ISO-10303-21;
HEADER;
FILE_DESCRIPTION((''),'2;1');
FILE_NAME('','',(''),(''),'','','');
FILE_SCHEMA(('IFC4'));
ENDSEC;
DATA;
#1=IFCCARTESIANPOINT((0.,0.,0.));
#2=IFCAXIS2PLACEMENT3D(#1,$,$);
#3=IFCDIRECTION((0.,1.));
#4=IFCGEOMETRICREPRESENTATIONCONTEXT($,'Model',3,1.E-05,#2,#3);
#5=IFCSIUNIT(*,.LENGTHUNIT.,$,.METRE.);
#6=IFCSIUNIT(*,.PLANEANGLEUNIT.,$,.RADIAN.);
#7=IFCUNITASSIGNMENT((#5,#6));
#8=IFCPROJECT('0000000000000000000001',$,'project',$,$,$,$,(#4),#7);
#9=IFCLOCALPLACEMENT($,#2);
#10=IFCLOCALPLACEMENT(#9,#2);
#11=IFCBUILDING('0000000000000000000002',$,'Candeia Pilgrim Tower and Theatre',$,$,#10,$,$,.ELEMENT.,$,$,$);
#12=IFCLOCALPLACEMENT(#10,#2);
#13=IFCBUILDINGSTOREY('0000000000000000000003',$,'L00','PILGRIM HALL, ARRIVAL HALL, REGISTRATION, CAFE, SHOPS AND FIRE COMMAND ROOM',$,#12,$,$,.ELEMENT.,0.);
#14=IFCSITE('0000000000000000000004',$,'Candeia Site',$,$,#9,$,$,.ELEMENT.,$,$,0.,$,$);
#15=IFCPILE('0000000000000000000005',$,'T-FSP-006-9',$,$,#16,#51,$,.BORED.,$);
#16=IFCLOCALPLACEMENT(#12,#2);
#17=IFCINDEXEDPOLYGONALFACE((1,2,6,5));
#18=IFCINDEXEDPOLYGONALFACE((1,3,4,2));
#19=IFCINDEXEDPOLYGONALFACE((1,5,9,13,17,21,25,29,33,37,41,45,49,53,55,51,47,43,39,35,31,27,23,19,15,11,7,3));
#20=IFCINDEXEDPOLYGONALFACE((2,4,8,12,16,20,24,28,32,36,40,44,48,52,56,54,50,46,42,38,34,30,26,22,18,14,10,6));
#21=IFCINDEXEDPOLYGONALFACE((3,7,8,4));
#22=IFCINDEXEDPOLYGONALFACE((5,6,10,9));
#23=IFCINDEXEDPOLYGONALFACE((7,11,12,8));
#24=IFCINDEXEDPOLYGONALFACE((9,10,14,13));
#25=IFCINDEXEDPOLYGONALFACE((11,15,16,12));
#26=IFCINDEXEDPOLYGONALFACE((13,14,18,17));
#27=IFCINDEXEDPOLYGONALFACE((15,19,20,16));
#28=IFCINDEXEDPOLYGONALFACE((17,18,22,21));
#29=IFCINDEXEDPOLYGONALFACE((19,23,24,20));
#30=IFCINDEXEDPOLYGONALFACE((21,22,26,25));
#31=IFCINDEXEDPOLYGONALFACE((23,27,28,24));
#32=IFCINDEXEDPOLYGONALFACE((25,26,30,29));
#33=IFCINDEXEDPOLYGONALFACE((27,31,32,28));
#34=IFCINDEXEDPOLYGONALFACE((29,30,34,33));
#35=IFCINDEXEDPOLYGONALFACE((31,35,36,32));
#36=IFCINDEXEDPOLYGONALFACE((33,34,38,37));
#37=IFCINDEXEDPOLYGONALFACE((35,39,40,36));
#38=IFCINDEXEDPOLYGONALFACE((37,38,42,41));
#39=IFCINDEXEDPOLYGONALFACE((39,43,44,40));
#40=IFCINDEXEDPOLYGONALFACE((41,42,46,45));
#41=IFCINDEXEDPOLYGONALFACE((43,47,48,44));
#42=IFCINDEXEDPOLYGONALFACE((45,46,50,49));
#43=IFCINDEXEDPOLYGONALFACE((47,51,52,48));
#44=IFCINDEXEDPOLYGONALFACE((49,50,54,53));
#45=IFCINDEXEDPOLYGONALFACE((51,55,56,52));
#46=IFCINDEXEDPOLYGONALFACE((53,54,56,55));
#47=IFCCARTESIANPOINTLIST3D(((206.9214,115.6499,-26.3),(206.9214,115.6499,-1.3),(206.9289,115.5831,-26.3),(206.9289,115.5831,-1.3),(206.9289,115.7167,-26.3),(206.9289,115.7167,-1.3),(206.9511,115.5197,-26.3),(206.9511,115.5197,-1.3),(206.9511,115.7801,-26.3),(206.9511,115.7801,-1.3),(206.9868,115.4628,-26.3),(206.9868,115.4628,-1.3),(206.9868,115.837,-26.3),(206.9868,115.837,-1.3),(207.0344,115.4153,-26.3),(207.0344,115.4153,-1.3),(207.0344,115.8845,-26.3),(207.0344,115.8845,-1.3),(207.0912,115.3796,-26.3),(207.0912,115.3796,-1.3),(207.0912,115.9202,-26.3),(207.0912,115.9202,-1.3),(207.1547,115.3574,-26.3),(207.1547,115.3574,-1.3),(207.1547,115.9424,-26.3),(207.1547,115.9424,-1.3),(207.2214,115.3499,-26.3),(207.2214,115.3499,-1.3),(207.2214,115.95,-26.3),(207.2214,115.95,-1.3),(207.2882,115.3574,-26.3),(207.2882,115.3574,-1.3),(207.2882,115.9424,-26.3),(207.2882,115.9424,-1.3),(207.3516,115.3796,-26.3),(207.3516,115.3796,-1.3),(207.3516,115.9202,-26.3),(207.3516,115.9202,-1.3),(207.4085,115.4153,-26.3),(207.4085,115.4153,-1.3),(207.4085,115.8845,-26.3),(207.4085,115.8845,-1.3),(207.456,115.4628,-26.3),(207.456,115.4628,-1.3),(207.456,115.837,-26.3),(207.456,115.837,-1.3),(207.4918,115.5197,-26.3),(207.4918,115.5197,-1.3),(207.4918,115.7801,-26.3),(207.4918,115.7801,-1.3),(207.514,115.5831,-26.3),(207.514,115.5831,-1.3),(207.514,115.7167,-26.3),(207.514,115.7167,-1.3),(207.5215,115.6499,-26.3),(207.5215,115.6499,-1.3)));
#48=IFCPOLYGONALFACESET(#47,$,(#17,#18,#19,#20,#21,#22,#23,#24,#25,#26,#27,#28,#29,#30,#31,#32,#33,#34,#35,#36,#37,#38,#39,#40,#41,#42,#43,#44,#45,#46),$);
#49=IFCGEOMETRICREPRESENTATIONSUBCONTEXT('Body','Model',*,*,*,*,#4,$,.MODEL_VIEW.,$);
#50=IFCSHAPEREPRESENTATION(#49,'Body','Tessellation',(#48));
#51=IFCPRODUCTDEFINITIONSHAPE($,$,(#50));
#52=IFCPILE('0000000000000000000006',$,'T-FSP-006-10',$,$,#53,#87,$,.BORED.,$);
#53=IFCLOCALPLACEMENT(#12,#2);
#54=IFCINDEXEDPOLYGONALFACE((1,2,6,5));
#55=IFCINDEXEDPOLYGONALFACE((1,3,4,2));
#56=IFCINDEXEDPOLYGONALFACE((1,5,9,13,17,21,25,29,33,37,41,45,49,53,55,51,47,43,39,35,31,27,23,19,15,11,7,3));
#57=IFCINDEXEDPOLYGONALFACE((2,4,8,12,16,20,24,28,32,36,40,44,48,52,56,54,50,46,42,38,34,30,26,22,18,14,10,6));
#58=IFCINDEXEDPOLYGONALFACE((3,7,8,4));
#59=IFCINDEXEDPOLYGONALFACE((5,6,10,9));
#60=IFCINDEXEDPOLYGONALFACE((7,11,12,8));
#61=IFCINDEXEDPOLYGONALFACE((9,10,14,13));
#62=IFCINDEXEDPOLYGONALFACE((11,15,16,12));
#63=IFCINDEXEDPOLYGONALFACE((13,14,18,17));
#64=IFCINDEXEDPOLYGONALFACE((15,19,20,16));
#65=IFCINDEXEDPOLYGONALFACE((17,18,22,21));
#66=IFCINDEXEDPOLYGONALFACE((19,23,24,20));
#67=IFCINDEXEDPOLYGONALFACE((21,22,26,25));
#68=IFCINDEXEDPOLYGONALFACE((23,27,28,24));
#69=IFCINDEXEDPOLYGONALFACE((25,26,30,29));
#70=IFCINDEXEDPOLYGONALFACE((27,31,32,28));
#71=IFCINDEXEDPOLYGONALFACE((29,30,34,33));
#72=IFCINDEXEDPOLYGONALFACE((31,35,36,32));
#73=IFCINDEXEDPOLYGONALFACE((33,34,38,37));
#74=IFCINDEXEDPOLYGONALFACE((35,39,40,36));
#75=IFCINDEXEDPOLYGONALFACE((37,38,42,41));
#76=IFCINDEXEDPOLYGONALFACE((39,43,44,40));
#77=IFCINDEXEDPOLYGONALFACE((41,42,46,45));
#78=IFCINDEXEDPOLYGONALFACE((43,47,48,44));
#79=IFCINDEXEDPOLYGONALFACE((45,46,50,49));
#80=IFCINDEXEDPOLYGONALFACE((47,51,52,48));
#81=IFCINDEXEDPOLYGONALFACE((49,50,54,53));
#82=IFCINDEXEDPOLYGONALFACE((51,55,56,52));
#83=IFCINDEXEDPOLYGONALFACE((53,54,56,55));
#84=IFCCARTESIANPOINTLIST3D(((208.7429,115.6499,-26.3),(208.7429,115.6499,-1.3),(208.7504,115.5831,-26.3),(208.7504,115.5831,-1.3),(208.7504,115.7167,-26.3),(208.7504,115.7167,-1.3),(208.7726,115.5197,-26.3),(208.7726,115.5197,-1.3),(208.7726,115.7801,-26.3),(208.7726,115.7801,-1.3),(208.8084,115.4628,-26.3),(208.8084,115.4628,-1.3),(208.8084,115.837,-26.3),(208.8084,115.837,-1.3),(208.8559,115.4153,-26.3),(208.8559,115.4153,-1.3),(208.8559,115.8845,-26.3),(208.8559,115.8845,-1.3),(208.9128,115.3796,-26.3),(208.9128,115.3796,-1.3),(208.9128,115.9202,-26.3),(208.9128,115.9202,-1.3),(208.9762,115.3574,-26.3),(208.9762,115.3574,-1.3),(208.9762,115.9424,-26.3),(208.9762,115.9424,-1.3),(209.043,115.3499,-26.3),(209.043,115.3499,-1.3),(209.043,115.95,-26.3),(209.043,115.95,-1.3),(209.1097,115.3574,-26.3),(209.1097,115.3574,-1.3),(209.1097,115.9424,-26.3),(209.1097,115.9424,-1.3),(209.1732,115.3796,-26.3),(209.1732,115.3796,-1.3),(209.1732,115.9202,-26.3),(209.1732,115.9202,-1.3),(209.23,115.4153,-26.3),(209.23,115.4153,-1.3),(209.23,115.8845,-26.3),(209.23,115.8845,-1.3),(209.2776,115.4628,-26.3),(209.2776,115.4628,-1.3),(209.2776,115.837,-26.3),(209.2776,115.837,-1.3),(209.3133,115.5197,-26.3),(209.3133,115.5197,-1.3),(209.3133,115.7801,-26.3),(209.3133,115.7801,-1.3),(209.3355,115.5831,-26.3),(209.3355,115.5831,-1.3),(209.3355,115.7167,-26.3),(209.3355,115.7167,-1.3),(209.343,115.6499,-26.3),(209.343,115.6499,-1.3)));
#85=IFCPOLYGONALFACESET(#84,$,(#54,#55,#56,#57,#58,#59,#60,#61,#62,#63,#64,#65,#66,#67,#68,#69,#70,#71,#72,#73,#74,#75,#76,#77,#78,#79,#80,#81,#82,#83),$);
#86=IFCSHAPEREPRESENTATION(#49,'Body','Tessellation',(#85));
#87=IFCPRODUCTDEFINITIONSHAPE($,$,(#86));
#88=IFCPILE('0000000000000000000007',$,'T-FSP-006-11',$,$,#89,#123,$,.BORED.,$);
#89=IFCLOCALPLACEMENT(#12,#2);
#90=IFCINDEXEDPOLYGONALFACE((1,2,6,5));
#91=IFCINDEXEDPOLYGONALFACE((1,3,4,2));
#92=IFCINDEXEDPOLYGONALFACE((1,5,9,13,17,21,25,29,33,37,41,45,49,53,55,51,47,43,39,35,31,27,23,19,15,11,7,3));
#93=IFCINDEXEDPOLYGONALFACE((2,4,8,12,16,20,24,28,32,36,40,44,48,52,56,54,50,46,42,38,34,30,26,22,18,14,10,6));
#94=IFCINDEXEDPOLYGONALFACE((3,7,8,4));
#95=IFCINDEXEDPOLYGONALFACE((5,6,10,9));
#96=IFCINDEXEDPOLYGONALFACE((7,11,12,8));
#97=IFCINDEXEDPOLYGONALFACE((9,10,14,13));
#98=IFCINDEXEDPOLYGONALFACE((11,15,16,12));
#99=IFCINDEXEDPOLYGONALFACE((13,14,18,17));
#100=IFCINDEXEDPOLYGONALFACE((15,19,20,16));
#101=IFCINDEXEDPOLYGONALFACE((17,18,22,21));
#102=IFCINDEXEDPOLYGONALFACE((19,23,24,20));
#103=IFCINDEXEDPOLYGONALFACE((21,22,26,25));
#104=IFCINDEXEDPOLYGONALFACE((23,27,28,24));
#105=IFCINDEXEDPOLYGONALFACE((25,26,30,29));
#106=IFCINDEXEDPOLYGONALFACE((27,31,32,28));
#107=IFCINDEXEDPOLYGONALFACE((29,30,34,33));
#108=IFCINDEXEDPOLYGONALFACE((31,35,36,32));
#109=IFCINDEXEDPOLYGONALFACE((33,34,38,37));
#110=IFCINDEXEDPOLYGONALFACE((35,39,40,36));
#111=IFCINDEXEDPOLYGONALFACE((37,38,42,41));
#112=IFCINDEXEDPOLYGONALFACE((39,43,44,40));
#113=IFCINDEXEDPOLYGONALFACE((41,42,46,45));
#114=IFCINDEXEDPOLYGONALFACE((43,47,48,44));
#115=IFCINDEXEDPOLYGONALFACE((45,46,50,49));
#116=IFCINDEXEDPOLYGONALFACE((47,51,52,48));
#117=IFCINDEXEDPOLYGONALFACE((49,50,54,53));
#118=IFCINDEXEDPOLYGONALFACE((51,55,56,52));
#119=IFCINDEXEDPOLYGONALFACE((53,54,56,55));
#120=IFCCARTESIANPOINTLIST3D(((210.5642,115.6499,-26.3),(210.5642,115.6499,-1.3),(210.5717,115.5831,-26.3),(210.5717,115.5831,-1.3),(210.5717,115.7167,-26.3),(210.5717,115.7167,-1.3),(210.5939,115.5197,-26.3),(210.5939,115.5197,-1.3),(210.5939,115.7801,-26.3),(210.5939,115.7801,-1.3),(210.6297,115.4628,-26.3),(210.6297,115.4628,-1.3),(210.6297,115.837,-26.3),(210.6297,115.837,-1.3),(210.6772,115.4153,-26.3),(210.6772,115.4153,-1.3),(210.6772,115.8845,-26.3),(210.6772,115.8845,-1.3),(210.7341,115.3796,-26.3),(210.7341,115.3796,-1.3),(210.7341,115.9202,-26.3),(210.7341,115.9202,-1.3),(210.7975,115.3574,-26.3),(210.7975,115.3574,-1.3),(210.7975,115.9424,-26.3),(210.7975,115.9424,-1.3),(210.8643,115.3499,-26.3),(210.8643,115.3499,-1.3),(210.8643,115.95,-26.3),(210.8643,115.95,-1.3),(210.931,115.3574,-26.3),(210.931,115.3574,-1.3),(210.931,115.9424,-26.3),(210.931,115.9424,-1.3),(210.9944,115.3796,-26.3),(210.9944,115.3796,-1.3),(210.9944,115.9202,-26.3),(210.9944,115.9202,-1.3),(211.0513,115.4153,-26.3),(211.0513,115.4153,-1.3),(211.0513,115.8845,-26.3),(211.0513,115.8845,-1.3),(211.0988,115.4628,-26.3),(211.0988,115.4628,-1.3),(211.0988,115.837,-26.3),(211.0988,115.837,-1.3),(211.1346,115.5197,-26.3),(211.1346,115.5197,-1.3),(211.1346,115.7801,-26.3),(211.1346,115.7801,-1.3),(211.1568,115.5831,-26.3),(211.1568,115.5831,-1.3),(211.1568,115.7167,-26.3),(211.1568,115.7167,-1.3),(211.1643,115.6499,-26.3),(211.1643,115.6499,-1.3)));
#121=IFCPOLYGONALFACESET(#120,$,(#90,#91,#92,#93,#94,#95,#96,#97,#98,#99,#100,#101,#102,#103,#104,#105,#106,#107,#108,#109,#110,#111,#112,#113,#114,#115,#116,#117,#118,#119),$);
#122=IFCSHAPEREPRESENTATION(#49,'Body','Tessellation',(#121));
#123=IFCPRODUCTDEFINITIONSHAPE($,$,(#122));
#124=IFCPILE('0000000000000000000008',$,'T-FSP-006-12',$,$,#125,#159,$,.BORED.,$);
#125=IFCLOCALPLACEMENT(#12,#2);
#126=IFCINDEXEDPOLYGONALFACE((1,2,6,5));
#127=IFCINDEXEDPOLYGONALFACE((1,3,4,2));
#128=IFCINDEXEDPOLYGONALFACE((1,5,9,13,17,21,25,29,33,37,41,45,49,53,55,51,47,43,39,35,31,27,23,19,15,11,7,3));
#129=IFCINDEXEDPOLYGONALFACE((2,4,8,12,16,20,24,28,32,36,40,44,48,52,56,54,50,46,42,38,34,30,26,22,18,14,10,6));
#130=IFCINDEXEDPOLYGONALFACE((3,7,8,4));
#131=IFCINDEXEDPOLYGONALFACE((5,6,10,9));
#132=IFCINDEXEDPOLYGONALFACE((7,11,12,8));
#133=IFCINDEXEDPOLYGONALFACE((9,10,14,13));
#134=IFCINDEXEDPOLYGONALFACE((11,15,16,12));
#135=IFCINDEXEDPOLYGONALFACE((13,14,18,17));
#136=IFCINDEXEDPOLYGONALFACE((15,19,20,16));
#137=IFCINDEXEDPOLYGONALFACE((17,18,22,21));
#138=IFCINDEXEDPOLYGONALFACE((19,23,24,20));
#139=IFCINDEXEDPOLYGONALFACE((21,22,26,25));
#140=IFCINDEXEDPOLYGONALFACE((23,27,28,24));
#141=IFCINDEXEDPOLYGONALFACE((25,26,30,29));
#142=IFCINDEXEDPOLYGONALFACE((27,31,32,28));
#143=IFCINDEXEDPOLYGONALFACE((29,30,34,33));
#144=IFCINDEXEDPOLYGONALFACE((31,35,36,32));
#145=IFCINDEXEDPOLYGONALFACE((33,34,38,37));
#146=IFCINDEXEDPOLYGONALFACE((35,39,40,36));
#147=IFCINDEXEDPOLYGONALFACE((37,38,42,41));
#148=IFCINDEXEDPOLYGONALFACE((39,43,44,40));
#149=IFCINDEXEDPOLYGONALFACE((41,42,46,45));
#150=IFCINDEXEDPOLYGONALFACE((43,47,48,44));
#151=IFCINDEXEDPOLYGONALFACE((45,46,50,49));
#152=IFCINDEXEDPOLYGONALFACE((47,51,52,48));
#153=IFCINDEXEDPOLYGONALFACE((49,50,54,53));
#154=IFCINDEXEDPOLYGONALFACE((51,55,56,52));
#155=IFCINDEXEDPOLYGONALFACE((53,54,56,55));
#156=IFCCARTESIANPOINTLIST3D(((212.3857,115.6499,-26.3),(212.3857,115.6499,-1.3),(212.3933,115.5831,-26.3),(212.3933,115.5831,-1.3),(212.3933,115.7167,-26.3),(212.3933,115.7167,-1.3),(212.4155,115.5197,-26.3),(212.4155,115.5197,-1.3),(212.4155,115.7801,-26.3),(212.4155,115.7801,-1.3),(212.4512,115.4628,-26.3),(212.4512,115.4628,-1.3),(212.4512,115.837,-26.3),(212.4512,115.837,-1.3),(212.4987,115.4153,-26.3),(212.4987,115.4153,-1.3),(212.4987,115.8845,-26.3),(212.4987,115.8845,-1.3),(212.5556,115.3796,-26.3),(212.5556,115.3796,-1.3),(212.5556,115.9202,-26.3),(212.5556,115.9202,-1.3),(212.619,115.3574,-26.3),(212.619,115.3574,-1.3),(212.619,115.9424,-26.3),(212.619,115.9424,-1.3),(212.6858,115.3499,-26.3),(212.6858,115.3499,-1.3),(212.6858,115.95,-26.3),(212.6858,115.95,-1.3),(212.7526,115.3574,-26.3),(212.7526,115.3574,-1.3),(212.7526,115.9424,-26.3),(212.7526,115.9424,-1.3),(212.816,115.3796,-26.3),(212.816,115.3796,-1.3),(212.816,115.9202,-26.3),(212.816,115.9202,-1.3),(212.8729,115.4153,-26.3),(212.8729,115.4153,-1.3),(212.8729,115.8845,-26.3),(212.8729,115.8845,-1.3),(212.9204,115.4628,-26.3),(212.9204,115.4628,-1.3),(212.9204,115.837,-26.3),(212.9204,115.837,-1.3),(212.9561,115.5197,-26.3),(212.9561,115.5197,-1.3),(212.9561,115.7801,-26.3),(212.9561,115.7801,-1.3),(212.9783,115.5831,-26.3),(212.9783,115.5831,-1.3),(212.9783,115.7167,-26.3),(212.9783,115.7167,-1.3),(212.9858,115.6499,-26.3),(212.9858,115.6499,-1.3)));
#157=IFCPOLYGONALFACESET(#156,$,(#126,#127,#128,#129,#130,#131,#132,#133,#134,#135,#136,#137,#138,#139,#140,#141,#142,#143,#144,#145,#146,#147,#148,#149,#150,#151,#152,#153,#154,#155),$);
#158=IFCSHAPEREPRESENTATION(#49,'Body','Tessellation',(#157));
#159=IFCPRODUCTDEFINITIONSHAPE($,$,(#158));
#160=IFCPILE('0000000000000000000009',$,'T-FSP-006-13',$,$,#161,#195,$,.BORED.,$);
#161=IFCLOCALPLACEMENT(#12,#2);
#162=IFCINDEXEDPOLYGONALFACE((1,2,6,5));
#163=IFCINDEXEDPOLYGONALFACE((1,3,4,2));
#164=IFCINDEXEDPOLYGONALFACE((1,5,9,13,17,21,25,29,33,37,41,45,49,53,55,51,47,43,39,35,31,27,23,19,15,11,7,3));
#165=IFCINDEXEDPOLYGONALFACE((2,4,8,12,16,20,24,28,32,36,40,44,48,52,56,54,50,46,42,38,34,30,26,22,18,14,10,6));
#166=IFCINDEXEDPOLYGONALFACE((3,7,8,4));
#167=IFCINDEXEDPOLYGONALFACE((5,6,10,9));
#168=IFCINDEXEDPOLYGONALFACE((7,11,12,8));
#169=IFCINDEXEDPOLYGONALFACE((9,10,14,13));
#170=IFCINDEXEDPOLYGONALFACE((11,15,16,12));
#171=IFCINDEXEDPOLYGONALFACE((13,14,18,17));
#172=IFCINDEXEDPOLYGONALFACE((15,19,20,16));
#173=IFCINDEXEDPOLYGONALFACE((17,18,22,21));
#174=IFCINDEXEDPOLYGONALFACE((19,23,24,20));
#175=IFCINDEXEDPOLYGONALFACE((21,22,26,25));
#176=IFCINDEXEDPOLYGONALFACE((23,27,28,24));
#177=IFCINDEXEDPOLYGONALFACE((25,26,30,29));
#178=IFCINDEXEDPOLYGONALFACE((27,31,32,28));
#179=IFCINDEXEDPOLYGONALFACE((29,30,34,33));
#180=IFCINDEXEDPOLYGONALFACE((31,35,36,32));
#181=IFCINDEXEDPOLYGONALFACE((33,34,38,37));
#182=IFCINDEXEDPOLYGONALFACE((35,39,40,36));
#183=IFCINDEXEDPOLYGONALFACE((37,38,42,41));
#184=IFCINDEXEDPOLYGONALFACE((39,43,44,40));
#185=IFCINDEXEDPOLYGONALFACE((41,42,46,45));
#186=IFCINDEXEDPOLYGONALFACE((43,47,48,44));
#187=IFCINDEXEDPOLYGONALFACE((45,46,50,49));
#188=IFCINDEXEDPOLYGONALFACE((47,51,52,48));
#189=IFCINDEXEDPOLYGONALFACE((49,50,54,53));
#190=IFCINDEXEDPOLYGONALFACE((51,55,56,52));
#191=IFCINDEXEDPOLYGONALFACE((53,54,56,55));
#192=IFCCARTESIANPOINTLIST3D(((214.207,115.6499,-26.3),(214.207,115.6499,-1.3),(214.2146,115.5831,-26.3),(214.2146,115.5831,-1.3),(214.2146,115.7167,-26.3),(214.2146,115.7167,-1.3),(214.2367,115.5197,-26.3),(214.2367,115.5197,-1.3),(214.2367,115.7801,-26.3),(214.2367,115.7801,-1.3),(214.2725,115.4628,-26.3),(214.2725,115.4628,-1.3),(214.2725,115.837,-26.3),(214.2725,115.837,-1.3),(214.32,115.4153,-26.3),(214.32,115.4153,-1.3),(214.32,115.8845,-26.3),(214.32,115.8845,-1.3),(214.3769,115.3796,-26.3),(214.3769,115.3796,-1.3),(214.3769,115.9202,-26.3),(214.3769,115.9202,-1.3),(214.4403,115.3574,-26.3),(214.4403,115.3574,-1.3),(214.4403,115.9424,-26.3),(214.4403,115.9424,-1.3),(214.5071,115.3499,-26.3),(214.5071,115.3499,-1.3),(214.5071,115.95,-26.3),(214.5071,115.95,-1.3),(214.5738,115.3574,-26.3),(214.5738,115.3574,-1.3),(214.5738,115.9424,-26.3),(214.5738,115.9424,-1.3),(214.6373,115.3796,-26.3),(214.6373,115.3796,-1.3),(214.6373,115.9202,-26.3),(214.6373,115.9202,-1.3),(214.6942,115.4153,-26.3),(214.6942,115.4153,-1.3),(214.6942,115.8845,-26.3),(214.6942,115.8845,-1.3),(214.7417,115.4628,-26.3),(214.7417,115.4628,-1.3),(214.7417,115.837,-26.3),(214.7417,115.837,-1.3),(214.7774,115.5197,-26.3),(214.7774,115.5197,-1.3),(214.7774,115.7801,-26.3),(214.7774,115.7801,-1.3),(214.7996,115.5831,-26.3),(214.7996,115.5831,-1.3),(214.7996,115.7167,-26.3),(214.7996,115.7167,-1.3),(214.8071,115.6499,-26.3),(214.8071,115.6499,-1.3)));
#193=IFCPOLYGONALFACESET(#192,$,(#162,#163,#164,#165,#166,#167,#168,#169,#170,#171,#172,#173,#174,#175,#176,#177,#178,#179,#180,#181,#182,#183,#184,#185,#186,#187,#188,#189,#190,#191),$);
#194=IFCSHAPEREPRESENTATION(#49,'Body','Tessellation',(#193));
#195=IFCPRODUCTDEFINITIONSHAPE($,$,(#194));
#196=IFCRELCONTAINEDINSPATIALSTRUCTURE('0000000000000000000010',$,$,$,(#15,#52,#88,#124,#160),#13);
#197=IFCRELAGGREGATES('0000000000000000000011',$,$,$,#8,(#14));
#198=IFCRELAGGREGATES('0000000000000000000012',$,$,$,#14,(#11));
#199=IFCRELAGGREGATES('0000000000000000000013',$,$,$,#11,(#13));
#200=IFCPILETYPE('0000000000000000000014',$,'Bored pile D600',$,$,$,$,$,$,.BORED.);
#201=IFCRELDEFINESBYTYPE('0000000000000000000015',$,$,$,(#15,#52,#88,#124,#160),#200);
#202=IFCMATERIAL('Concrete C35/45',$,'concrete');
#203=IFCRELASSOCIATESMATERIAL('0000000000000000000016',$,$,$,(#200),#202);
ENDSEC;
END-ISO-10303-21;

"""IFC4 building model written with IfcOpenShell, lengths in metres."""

from ifc_helpers import new_model, si_unit, direction, frame, origin, origin_2d, place, context, subcontext, project, spatial, circle, extrude, material, type_object, element, save


model = new_model("IFC4")

# Units and contexts
model_context = context("Model", 3, precision=1e-05, world=origin(), true_north=direction((0.0, 1.0)))
body_context = subcontext(model_context, "Body", "Model", "MODEL_VIEW")
ifc_project = project(units=[si_unit("LENGTHUNIT", "METRE"), si_unit("PLANEANGLEUNIT", "RADIAN")], contexts=[model_context])

# Site, building, storey
site_placement = place(None, origin())
site = spatial("IfcSite", under=ifc_project, at=site_placement, Name="Candeia Site", CompositionType="ELEMENT", RefElevation=0.0)
building_placement = place(site_placement, origin())
building = spatial("IfcBuilding", under=site, at=building_placement, Name="Candeia Pilgrim Tower and Theatre", CompositionType="ELEMENT")
storey_placement = place(building_placement, origin())
storey = spatial("IfcBuildingStorey", under=building, at=storey_placement, Name="L00", Description="PILGRIM HALL, ARRIVAL HALL, REGISTRATION, CAFE, SHOPS AND FIRE COMMAND ROOM", CompositionType="ELEMENT", Elevation=0.0)

# Piles
ifc_material_1 = material(Name="Concrete C35/45", Category="concrete")
pile_type = type_object("IfcPileType", Name="Bored pile D600", PredefinedType="BORED", material=ifc_material_1)
for number, where, z_axis, x_axis, name in (
    (1, (207.2214, 115.6499, -1.3), (0.0, 0.0, -1.0), (1.0, 0.0, 0.0), "T-FSP-006-9"),
    (2, (209.043, 115.6499, -1.3), (0.0, 0.0, -1.0), (1.0, 0.0, 0.0), "T-FSP-006-10"),
    (3, (210.8643, 115.6499, -1.3), (0.0, 0.0, -1.0), (1.0, 0.0, 0.0), "T-FSP-006-11"),
    (4, (212.6858, 115.6499, -1.3), (0.0, 0.0, -1.0), (1.0, 0.0, 0.0), "T-FSP-006-12"),
    (5, (214.5071, 115.6499, -1.3), (0.0, 0.0, -1.0), (1.0, 0.0, 0.0), "T-FSP-006-13"),
):
    element("IfcPile", number, at=place(storey_placement, frame(where, z_axis=z_axis, x_axis=x_axis)), inside=storey, type_object=pile_type, Name=name, PredefinedType="BORED", context=body_context, shape_type="SweptSolid", body=[
        extrude(circle(Radius=0.3, at=origin_2d()), origin(), (0.0, 0.0, 1.0), 25.0),
    ])

save(model, "model.ifc")
